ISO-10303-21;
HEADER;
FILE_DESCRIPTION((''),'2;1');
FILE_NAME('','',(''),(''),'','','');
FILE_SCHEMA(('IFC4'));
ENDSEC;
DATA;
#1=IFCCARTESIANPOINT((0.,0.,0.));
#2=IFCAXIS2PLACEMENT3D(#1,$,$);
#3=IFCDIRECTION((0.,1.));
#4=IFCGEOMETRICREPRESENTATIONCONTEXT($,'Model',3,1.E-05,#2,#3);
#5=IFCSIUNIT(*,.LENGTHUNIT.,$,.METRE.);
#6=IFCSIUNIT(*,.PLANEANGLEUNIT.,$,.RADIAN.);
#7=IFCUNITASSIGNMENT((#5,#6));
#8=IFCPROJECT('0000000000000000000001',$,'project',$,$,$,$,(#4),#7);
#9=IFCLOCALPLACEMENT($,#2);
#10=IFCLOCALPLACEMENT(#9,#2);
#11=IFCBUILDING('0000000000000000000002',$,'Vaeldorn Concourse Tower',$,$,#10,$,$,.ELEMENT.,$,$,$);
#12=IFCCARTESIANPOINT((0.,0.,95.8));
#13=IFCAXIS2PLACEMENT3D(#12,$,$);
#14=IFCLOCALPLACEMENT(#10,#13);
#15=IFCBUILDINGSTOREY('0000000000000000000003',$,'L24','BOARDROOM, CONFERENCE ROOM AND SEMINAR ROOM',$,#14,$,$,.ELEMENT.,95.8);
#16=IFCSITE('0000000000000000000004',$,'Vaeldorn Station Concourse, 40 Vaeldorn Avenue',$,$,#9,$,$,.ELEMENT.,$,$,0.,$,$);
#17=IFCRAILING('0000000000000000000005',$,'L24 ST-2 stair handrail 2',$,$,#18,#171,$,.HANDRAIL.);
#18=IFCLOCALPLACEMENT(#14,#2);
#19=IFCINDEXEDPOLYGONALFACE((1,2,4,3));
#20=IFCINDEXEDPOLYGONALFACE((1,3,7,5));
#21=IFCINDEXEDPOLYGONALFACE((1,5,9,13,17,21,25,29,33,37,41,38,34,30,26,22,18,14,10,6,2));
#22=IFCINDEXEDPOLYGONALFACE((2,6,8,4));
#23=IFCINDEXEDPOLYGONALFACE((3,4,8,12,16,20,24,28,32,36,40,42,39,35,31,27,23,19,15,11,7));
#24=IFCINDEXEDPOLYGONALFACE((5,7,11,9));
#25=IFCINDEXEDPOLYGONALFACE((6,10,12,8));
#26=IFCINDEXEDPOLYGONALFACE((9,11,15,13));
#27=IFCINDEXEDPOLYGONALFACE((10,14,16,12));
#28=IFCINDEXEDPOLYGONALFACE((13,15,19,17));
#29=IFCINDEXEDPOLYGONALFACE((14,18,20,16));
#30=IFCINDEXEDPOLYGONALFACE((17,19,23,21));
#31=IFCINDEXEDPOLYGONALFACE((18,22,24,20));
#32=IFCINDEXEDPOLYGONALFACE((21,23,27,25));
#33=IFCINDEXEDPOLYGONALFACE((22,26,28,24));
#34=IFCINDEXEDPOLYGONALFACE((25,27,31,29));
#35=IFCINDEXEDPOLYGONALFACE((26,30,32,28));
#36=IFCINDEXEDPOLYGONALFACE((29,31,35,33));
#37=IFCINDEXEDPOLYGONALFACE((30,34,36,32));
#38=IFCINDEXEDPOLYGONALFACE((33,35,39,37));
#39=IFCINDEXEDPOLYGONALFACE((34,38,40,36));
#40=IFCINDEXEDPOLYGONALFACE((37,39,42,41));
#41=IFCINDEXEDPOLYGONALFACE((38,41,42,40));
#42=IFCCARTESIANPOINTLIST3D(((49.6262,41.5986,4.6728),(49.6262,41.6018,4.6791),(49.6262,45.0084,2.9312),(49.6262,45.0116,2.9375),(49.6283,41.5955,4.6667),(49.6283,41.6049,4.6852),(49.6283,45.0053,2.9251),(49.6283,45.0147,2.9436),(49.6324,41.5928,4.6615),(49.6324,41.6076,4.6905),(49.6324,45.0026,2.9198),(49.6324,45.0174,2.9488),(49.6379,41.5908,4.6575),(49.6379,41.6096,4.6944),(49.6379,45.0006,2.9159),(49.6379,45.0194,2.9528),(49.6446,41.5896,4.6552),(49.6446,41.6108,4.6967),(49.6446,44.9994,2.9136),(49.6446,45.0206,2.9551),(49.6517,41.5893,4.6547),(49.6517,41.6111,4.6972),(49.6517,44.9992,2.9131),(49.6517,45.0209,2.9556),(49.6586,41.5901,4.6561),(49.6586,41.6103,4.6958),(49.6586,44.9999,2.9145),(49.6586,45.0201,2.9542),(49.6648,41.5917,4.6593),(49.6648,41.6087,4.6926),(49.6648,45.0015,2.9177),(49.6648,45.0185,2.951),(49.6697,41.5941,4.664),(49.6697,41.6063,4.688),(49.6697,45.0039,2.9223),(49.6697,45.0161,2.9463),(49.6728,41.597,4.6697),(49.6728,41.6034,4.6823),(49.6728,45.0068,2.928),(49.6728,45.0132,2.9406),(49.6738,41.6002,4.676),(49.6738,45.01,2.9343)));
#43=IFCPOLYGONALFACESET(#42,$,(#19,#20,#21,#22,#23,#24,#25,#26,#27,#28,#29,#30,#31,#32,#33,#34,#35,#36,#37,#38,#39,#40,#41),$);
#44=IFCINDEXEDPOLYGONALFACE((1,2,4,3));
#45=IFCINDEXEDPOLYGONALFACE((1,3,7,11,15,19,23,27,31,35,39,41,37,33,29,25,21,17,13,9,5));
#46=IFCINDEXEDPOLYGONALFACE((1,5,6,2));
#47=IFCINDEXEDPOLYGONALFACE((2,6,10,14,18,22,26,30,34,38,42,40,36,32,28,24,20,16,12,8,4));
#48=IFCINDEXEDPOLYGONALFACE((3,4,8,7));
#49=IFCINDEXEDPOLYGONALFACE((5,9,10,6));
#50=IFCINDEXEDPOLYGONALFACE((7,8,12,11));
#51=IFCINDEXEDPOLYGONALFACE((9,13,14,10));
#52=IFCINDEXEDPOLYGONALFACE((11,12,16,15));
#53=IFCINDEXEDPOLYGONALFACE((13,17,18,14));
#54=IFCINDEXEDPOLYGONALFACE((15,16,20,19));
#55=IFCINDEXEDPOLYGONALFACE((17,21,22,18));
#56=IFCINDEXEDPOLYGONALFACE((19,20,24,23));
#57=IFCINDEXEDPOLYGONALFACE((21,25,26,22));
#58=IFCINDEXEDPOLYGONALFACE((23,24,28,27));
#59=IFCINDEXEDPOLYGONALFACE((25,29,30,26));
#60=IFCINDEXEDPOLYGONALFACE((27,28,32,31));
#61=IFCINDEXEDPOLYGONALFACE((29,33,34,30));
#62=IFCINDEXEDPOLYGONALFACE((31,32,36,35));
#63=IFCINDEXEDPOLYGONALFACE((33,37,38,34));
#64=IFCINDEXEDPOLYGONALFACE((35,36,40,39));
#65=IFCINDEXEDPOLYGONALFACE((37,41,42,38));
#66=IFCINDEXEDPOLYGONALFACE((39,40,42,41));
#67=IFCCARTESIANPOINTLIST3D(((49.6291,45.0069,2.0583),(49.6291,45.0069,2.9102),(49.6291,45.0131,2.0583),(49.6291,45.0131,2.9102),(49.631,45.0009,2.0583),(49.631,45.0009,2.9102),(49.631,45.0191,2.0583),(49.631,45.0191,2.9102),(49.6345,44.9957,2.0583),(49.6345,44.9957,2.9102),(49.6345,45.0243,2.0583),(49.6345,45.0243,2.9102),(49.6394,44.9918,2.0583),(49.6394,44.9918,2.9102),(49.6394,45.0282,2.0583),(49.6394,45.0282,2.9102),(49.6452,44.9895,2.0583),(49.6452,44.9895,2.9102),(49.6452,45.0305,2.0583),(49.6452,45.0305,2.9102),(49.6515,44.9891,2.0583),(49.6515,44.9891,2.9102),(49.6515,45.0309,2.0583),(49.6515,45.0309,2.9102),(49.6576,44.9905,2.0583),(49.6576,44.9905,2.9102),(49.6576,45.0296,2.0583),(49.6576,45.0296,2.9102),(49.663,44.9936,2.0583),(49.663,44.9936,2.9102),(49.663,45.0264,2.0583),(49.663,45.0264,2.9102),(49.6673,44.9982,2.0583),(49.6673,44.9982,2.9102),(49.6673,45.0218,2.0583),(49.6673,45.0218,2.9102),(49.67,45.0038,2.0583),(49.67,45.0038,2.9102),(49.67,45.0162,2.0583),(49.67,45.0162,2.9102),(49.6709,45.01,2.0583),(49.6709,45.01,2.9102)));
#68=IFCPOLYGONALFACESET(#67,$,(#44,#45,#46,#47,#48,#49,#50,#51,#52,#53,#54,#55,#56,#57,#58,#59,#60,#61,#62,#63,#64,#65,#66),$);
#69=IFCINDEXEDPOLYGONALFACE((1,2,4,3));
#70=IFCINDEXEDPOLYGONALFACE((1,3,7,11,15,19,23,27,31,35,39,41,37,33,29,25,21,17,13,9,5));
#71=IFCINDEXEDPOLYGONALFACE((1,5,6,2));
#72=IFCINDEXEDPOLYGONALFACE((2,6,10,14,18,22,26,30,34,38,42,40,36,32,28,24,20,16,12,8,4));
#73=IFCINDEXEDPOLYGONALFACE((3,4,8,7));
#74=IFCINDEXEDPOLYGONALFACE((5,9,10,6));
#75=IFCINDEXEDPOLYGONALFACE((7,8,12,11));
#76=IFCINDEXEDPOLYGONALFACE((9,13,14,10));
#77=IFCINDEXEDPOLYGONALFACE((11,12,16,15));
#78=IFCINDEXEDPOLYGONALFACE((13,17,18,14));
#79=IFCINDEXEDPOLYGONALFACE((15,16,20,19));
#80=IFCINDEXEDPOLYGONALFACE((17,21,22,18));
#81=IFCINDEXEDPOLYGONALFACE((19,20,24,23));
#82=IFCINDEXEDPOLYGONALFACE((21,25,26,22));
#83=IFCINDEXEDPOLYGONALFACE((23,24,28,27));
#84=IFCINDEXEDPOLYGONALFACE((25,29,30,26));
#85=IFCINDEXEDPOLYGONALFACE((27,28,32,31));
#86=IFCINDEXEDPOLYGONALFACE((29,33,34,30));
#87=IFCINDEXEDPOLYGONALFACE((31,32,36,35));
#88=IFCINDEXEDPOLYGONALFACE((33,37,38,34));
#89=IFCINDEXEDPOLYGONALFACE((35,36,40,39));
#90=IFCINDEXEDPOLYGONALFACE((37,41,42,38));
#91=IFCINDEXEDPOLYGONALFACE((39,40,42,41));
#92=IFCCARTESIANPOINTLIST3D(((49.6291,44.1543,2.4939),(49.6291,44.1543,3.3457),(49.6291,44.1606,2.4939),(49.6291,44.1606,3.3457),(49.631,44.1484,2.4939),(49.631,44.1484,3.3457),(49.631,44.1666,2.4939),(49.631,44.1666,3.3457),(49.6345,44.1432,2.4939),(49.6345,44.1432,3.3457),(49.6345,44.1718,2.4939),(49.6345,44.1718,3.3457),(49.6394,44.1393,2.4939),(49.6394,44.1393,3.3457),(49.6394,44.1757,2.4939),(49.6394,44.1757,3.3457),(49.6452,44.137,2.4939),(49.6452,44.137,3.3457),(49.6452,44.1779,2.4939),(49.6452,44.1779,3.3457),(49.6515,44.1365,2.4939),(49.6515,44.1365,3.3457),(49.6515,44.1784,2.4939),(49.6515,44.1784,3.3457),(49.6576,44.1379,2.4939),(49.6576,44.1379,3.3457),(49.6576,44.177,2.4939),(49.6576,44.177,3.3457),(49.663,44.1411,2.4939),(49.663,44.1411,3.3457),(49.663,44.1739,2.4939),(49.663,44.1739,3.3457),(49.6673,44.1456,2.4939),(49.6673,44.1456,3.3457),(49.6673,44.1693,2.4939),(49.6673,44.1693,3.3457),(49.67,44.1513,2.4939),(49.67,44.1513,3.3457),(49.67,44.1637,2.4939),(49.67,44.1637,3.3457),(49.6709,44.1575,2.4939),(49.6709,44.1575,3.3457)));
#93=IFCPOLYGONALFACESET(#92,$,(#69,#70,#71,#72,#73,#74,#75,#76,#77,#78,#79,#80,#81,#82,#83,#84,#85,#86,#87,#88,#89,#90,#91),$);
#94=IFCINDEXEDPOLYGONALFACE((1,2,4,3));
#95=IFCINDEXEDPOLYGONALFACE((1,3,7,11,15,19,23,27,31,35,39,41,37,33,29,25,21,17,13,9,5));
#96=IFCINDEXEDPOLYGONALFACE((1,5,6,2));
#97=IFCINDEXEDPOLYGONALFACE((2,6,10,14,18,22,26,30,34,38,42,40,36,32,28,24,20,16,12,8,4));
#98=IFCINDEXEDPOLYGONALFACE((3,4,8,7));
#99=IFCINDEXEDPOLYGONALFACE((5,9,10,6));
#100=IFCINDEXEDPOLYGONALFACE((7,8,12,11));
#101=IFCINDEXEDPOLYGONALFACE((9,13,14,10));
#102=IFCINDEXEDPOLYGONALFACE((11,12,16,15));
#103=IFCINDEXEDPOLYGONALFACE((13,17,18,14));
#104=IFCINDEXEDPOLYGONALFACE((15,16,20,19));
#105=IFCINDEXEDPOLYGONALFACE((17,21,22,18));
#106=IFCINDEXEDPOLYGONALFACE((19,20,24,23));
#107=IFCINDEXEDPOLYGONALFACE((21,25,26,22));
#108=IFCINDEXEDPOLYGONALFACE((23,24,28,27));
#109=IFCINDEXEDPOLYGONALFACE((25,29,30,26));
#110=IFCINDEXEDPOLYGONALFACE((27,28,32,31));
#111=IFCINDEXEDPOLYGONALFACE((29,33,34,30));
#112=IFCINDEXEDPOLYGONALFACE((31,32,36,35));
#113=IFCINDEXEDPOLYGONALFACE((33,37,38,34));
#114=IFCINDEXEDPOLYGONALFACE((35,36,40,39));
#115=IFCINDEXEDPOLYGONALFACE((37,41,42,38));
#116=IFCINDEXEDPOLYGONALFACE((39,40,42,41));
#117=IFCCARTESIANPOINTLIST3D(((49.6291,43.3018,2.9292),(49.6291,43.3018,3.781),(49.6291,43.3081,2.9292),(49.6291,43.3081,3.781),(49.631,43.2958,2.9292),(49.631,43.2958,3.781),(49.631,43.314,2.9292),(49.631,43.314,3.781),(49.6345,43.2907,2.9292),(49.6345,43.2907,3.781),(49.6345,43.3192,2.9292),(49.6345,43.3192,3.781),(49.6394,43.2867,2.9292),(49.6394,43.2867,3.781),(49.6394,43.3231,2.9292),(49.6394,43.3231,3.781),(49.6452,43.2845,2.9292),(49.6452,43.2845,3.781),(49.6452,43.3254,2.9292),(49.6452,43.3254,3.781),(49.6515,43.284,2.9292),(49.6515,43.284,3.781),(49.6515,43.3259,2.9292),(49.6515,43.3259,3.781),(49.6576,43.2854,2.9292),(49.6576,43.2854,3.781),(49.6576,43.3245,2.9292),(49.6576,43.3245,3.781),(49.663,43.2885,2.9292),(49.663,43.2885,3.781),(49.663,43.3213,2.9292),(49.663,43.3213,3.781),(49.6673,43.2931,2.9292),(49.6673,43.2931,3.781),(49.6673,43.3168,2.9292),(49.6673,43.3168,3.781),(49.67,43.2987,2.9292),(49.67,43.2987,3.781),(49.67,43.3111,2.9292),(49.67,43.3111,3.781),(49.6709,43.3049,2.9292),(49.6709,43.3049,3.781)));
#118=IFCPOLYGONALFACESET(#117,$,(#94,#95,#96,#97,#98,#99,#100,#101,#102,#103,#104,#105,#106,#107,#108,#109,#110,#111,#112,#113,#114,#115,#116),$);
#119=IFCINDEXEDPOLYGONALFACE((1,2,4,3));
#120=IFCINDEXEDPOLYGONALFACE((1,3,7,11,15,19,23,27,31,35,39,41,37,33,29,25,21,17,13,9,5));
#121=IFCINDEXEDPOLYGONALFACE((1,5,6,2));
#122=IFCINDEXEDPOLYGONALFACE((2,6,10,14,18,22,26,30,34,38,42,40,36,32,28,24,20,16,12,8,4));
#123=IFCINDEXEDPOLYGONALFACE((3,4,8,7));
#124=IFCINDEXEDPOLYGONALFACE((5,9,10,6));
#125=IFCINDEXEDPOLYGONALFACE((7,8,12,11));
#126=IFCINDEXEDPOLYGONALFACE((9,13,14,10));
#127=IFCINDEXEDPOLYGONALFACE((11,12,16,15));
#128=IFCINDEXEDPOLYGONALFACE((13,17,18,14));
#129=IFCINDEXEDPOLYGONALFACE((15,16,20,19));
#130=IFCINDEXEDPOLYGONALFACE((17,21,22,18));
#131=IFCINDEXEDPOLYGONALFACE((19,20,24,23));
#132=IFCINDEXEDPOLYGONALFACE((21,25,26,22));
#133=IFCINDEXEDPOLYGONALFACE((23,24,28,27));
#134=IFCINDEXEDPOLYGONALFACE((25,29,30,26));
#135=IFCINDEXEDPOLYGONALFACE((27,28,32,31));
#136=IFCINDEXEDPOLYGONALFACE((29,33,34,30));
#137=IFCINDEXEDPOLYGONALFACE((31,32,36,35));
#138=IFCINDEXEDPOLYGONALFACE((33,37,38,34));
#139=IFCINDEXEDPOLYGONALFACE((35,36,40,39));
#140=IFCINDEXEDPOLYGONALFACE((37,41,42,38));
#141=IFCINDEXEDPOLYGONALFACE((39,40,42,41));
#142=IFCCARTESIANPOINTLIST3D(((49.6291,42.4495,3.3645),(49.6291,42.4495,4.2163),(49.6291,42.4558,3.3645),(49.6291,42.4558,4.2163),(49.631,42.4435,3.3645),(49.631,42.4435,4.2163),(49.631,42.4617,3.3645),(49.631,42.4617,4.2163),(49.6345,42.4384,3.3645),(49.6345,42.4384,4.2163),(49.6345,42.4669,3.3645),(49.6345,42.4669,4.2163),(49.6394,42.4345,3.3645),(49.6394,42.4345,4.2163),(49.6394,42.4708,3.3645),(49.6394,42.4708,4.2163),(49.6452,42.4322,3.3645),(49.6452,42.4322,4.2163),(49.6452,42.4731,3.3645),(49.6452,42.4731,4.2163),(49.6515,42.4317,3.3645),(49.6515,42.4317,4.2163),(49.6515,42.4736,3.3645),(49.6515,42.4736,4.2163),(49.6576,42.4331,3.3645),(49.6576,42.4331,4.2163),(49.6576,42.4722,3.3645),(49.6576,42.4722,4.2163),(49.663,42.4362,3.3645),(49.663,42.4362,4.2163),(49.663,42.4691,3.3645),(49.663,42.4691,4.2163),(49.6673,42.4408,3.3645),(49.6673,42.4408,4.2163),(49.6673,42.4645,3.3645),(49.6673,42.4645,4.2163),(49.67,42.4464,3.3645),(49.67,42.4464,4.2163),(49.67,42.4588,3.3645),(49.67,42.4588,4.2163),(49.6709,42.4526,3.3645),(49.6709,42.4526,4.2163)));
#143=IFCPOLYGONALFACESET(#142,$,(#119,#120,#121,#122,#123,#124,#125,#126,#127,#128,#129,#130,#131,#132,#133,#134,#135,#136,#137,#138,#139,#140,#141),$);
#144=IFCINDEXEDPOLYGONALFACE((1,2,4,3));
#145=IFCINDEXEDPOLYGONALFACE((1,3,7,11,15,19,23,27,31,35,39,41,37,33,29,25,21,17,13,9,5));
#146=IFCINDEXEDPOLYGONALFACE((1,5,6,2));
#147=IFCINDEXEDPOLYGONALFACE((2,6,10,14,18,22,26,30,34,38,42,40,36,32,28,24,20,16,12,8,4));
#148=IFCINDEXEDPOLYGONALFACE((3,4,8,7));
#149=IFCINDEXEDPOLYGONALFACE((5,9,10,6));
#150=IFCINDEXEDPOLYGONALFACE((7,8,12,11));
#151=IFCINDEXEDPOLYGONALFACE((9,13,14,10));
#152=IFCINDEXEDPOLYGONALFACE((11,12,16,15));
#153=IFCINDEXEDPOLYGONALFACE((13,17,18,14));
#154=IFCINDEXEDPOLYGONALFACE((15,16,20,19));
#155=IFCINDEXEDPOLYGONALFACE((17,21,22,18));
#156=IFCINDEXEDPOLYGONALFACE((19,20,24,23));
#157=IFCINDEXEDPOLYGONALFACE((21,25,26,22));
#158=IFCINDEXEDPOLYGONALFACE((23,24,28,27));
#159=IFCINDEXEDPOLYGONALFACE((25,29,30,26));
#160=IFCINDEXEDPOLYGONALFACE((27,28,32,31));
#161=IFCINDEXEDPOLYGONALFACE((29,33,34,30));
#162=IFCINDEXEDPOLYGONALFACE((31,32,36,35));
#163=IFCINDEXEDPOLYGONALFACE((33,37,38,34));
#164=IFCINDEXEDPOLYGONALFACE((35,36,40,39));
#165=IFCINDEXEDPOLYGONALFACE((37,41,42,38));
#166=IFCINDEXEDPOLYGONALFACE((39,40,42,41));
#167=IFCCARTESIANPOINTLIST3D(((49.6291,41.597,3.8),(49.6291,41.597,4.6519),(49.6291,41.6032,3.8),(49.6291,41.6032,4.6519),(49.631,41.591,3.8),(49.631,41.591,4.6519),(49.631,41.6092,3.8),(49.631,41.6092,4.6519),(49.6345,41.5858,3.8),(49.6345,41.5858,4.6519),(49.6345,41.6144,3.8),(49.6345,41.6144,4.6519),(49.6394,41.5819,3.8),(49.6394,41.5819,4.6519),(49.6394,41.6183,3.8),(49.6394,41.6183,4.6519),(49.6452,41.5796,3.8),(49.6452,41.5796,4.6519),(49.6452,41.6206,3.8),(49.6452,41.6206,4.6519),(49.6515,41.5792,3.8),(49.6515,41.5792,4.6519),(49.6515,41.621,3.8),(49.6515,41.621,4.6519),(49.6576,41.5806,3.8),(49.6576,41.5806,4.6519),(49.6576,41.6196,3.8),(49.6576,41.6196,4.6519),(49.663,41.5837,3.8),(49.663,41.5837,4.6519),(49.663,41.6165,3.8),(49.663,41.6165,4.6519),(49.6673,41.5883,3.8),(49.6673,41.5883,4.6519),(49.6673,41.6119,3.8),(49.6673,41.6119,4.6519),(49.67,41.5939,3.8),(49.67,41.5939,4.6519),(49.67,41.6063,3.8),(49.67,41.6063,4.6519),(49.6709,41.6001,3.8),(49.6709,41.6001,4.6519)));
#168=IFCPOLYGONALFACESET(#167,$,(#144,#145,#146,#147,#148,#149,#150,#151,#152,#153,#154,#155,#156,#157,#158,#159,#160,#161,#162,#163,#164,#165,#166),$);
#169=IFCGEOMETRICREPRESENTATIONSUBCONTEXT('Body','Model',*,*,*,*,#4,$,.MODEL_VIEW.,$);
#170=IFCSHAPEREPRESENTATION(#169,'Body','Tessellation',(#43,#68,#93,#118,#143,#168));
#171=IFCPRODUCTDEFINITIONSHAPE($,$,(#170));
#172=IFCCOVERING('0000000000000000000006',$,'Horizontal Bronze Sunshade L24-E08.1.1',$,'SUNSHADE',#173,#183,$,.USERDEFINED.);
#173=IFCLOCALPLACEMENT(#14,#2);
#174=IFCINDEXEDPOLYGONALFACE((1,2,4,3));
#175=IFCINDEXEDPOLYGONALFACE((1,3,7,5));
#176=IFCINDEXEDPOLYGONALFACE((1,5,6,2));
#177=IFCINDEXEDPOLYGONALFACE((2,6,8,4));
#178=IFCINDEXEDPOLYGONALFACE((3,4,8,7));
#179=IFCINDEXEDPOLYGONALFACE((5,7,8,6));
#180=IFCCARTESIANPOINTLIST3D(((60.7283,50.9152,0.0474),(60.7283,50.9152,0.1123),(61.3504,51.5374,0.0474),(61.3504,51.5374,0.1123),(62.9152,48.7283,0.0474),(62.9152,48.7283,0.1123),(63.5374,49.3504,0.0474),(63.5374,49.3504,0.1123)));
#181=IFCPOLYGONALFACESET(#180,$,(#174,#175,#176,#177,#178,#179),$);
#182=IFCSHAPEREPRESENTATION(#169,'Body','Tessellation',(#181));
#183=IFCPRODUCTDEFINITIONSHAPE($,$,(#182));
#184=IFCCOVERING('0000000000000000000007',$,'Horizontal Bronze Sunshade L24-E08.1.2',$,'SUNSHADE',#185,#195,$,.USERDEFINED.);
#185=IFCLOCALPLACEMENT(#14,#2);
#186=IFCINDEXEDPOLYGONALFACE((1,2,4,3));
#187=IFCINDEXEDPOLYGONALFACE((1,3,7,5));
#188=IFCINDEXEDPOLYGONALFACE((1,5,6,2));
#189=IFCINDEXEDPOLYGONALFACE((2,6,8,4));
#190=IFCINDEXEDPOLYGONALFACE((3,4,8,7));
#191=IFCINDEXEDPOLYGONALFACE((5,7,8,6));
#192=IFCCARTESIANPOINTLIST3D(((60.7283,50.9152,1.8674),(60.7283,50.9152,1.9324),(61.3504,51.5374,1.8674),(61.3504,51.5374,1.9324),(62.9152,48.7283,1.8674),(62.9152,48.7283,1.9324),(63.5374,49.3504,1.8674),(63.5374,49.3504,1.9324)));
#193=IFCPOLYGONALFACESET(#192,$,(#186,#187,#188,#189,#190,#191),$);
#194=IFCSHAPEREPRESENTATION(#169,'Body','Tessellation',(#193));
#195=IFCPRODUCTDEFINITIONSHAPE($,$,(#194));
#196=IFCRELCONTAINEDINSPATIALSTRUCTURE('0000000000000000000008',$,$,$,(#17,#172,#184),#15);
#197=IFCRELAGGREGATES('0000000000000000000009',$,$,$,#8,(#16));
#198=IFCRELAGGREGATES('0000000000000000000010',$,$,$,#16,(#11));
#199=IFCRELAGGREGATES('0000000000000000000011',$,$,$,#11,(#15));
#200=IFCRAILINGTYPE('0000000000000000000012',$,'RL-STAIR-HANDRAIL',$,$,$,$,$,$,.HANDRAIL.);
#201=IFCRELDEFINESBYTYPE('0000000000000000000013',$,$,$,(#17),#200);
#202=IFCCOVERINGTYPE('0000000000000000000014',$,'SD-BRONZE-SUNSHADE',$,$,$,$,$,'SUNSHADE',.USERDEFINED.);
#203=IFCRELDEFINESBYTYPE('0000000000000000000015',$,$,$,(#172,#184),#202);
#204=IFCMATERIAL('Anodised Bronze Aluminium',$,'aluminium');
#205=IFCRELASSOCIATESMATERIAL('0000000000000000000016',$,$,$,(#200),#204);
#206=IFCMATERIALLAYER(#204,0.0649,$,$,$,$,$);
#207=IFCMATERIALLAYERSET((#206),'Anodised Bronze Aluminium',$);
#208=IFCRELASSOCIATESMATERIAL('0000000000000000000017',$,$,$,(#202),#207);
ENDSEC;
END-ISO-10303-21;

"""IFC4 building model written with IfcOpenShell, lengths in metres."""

from ifc_helpers import new_model, si_unit, direction, frame, origin, origin_2d, place, context, subcontext, project, spatial, rectangle, circle, extrude, source, transform, mapped, material, layer, layer_set, type_object, element, save


model = new_model("IFC4")

# Units and contexts
model_context = context("Model", 3, precision=1e-05, world=origin(), true_north=direction((0.0, 1.0)))
body_context = subcontext(model_context, "Body", "Model", "MODEL_VIEW")
ifc_project = project(units=[si_unit("LENGTHUNIT", "METRE"), si_unit("PLANEANGLEUNIT", "RADIAN")], contexts=[model_context])

# Site, building, storey
site_placement = place(None, origin())
site = spatial("IfcSite", under=ifc_project, at=site_placement, Name="Vaeldorn Station Concourse, 40 Vaeldorn Avenue", CompositionType="ELEMENT", RefElevation=0.0)
building_placement = place(site_placement, origin())
building = spatial("IfcBuilding", under=site, at=building_placement, Name="Vaeldorn Concourse Tower", CompositionType="ELEMENT")
storey_placement = place(building_placement, frame((0.0, 0.0, 95.8)))
storey = spatial("IfcBuildingStorey", under=building, at=storey_placement, Name="L24", Description="BOARDROOM, CONFERENCE ROOM AND SEMINAR ROOM", CompositionType="ELEMENT", Elevation=95.8)

# Shared definitions
ifc_material_1 = material(Name="Anodised Bronze Aluminium", Category="aluminium")

# Railing
railing_type_1 = type_object("IfcRailingType", Name="RL-STAIR-HANDRAIL", PredefinedType="HANDRAIL", material=ifc_material_1)
railing_1_placement = place(storey_placement, frame((49.6499, 45.01, 2.0583)))
element("IfcRailing", 1, at=railing_1_placement, inside=storey, type_object=railing_type_1, Name="L24 ST-2 stair handrail 2", PredefinedType="HANDRAIL", context=body_context, shape_type="SweptSolid", body=[
    extrude(circle(Radius=0.0239, at=origin_2d()), frame((0.0, 0.0, 0.876), z_axis=(0.0, -0.890556, 0.454874), x_axis=(1.0, 0.0, 0.0)), (0.0, 0.0, 1.0), 3.8289),
    extrude(circle(Radius=0.021, at=origin_2d()), origin(), (0.0, 0.0, 1.0), 0.8518),
    extrude(circle(Radius=0.021, at=origin_2d()), frame((0.0, -0.8525, 0.4355)), (0.0, 0.0, 1.0), 0.8518),
    extrude(circle(Radius=0.021, at=origin_2d()), frame((0.0, -1.7051, 0.8708)), (0.0, 0.0, 1.0), 0.8518),
    extrude(circle(Radius=0.021, at=origin_2d()), frame((0.0, -2.5574, 1.3062)), (0.0, 0.0, 1.0), 0.8518),
    extrude(circle(Radius=0.021, at=origin_2d()), frame((0.0, -3.4099, 1.7417)), (0.0, 0.0, 1.0), 0.8518),
])

# Coverings
ifc_layer_1 = layer(ifc_material_1, 0.0649)
ifc_layer_set_1 = layer_set([ifc_layer_1], Name="Anodised Bronze Aluminium")
covering_type = type_object("IfcCoveringType", Name="SD-BRONZE-SUNSHADE", ElementType="SUNSHADE", PredefinedType="USERDEFINED", material=ifc_layer_set_1)
shared_shape_1 = source(origin(), body_context, "Body", "SweptSolid", [
    extrude(rectangle(XDim=3.0928, YDim=0.8799, at=origin_2d()), origin(), (0.0, 0.0, 1.0), 0.0649),
])
for number, where, z_axis, x_axis, name in (
    (2, (62.1328, 50.1328, 0.0474), (0.0, 0.0, 1.0), (-0.707107, 0.707107, 0.0), "Horizontal Bronze Sunshade L24-E08.1.1"),
    (3, (62.1328, 50.1328, 1.8674), (0.0, 0.0, 1.0), (-0.707107, 0.707107, 0.0), "Horizontal Bronze Sunshade L24-E08.1.2"),
):
    element("IfcCovering", number, at=place(storey_placement, frame(where, z_axis=z_axis, x_axis=x_axis)), inside=storey, type_object=covering_type, Name=name, ObjectType="SUNSHADE", PredefinedType="USERDEFINED", context=body_context, shape_type="MappedRepresentation", body=[
        mapped(shared_shape_1, transform((0.0, 0.0, 0.0), scale=1.0)),
    ])

save(model, "model.ifc")
